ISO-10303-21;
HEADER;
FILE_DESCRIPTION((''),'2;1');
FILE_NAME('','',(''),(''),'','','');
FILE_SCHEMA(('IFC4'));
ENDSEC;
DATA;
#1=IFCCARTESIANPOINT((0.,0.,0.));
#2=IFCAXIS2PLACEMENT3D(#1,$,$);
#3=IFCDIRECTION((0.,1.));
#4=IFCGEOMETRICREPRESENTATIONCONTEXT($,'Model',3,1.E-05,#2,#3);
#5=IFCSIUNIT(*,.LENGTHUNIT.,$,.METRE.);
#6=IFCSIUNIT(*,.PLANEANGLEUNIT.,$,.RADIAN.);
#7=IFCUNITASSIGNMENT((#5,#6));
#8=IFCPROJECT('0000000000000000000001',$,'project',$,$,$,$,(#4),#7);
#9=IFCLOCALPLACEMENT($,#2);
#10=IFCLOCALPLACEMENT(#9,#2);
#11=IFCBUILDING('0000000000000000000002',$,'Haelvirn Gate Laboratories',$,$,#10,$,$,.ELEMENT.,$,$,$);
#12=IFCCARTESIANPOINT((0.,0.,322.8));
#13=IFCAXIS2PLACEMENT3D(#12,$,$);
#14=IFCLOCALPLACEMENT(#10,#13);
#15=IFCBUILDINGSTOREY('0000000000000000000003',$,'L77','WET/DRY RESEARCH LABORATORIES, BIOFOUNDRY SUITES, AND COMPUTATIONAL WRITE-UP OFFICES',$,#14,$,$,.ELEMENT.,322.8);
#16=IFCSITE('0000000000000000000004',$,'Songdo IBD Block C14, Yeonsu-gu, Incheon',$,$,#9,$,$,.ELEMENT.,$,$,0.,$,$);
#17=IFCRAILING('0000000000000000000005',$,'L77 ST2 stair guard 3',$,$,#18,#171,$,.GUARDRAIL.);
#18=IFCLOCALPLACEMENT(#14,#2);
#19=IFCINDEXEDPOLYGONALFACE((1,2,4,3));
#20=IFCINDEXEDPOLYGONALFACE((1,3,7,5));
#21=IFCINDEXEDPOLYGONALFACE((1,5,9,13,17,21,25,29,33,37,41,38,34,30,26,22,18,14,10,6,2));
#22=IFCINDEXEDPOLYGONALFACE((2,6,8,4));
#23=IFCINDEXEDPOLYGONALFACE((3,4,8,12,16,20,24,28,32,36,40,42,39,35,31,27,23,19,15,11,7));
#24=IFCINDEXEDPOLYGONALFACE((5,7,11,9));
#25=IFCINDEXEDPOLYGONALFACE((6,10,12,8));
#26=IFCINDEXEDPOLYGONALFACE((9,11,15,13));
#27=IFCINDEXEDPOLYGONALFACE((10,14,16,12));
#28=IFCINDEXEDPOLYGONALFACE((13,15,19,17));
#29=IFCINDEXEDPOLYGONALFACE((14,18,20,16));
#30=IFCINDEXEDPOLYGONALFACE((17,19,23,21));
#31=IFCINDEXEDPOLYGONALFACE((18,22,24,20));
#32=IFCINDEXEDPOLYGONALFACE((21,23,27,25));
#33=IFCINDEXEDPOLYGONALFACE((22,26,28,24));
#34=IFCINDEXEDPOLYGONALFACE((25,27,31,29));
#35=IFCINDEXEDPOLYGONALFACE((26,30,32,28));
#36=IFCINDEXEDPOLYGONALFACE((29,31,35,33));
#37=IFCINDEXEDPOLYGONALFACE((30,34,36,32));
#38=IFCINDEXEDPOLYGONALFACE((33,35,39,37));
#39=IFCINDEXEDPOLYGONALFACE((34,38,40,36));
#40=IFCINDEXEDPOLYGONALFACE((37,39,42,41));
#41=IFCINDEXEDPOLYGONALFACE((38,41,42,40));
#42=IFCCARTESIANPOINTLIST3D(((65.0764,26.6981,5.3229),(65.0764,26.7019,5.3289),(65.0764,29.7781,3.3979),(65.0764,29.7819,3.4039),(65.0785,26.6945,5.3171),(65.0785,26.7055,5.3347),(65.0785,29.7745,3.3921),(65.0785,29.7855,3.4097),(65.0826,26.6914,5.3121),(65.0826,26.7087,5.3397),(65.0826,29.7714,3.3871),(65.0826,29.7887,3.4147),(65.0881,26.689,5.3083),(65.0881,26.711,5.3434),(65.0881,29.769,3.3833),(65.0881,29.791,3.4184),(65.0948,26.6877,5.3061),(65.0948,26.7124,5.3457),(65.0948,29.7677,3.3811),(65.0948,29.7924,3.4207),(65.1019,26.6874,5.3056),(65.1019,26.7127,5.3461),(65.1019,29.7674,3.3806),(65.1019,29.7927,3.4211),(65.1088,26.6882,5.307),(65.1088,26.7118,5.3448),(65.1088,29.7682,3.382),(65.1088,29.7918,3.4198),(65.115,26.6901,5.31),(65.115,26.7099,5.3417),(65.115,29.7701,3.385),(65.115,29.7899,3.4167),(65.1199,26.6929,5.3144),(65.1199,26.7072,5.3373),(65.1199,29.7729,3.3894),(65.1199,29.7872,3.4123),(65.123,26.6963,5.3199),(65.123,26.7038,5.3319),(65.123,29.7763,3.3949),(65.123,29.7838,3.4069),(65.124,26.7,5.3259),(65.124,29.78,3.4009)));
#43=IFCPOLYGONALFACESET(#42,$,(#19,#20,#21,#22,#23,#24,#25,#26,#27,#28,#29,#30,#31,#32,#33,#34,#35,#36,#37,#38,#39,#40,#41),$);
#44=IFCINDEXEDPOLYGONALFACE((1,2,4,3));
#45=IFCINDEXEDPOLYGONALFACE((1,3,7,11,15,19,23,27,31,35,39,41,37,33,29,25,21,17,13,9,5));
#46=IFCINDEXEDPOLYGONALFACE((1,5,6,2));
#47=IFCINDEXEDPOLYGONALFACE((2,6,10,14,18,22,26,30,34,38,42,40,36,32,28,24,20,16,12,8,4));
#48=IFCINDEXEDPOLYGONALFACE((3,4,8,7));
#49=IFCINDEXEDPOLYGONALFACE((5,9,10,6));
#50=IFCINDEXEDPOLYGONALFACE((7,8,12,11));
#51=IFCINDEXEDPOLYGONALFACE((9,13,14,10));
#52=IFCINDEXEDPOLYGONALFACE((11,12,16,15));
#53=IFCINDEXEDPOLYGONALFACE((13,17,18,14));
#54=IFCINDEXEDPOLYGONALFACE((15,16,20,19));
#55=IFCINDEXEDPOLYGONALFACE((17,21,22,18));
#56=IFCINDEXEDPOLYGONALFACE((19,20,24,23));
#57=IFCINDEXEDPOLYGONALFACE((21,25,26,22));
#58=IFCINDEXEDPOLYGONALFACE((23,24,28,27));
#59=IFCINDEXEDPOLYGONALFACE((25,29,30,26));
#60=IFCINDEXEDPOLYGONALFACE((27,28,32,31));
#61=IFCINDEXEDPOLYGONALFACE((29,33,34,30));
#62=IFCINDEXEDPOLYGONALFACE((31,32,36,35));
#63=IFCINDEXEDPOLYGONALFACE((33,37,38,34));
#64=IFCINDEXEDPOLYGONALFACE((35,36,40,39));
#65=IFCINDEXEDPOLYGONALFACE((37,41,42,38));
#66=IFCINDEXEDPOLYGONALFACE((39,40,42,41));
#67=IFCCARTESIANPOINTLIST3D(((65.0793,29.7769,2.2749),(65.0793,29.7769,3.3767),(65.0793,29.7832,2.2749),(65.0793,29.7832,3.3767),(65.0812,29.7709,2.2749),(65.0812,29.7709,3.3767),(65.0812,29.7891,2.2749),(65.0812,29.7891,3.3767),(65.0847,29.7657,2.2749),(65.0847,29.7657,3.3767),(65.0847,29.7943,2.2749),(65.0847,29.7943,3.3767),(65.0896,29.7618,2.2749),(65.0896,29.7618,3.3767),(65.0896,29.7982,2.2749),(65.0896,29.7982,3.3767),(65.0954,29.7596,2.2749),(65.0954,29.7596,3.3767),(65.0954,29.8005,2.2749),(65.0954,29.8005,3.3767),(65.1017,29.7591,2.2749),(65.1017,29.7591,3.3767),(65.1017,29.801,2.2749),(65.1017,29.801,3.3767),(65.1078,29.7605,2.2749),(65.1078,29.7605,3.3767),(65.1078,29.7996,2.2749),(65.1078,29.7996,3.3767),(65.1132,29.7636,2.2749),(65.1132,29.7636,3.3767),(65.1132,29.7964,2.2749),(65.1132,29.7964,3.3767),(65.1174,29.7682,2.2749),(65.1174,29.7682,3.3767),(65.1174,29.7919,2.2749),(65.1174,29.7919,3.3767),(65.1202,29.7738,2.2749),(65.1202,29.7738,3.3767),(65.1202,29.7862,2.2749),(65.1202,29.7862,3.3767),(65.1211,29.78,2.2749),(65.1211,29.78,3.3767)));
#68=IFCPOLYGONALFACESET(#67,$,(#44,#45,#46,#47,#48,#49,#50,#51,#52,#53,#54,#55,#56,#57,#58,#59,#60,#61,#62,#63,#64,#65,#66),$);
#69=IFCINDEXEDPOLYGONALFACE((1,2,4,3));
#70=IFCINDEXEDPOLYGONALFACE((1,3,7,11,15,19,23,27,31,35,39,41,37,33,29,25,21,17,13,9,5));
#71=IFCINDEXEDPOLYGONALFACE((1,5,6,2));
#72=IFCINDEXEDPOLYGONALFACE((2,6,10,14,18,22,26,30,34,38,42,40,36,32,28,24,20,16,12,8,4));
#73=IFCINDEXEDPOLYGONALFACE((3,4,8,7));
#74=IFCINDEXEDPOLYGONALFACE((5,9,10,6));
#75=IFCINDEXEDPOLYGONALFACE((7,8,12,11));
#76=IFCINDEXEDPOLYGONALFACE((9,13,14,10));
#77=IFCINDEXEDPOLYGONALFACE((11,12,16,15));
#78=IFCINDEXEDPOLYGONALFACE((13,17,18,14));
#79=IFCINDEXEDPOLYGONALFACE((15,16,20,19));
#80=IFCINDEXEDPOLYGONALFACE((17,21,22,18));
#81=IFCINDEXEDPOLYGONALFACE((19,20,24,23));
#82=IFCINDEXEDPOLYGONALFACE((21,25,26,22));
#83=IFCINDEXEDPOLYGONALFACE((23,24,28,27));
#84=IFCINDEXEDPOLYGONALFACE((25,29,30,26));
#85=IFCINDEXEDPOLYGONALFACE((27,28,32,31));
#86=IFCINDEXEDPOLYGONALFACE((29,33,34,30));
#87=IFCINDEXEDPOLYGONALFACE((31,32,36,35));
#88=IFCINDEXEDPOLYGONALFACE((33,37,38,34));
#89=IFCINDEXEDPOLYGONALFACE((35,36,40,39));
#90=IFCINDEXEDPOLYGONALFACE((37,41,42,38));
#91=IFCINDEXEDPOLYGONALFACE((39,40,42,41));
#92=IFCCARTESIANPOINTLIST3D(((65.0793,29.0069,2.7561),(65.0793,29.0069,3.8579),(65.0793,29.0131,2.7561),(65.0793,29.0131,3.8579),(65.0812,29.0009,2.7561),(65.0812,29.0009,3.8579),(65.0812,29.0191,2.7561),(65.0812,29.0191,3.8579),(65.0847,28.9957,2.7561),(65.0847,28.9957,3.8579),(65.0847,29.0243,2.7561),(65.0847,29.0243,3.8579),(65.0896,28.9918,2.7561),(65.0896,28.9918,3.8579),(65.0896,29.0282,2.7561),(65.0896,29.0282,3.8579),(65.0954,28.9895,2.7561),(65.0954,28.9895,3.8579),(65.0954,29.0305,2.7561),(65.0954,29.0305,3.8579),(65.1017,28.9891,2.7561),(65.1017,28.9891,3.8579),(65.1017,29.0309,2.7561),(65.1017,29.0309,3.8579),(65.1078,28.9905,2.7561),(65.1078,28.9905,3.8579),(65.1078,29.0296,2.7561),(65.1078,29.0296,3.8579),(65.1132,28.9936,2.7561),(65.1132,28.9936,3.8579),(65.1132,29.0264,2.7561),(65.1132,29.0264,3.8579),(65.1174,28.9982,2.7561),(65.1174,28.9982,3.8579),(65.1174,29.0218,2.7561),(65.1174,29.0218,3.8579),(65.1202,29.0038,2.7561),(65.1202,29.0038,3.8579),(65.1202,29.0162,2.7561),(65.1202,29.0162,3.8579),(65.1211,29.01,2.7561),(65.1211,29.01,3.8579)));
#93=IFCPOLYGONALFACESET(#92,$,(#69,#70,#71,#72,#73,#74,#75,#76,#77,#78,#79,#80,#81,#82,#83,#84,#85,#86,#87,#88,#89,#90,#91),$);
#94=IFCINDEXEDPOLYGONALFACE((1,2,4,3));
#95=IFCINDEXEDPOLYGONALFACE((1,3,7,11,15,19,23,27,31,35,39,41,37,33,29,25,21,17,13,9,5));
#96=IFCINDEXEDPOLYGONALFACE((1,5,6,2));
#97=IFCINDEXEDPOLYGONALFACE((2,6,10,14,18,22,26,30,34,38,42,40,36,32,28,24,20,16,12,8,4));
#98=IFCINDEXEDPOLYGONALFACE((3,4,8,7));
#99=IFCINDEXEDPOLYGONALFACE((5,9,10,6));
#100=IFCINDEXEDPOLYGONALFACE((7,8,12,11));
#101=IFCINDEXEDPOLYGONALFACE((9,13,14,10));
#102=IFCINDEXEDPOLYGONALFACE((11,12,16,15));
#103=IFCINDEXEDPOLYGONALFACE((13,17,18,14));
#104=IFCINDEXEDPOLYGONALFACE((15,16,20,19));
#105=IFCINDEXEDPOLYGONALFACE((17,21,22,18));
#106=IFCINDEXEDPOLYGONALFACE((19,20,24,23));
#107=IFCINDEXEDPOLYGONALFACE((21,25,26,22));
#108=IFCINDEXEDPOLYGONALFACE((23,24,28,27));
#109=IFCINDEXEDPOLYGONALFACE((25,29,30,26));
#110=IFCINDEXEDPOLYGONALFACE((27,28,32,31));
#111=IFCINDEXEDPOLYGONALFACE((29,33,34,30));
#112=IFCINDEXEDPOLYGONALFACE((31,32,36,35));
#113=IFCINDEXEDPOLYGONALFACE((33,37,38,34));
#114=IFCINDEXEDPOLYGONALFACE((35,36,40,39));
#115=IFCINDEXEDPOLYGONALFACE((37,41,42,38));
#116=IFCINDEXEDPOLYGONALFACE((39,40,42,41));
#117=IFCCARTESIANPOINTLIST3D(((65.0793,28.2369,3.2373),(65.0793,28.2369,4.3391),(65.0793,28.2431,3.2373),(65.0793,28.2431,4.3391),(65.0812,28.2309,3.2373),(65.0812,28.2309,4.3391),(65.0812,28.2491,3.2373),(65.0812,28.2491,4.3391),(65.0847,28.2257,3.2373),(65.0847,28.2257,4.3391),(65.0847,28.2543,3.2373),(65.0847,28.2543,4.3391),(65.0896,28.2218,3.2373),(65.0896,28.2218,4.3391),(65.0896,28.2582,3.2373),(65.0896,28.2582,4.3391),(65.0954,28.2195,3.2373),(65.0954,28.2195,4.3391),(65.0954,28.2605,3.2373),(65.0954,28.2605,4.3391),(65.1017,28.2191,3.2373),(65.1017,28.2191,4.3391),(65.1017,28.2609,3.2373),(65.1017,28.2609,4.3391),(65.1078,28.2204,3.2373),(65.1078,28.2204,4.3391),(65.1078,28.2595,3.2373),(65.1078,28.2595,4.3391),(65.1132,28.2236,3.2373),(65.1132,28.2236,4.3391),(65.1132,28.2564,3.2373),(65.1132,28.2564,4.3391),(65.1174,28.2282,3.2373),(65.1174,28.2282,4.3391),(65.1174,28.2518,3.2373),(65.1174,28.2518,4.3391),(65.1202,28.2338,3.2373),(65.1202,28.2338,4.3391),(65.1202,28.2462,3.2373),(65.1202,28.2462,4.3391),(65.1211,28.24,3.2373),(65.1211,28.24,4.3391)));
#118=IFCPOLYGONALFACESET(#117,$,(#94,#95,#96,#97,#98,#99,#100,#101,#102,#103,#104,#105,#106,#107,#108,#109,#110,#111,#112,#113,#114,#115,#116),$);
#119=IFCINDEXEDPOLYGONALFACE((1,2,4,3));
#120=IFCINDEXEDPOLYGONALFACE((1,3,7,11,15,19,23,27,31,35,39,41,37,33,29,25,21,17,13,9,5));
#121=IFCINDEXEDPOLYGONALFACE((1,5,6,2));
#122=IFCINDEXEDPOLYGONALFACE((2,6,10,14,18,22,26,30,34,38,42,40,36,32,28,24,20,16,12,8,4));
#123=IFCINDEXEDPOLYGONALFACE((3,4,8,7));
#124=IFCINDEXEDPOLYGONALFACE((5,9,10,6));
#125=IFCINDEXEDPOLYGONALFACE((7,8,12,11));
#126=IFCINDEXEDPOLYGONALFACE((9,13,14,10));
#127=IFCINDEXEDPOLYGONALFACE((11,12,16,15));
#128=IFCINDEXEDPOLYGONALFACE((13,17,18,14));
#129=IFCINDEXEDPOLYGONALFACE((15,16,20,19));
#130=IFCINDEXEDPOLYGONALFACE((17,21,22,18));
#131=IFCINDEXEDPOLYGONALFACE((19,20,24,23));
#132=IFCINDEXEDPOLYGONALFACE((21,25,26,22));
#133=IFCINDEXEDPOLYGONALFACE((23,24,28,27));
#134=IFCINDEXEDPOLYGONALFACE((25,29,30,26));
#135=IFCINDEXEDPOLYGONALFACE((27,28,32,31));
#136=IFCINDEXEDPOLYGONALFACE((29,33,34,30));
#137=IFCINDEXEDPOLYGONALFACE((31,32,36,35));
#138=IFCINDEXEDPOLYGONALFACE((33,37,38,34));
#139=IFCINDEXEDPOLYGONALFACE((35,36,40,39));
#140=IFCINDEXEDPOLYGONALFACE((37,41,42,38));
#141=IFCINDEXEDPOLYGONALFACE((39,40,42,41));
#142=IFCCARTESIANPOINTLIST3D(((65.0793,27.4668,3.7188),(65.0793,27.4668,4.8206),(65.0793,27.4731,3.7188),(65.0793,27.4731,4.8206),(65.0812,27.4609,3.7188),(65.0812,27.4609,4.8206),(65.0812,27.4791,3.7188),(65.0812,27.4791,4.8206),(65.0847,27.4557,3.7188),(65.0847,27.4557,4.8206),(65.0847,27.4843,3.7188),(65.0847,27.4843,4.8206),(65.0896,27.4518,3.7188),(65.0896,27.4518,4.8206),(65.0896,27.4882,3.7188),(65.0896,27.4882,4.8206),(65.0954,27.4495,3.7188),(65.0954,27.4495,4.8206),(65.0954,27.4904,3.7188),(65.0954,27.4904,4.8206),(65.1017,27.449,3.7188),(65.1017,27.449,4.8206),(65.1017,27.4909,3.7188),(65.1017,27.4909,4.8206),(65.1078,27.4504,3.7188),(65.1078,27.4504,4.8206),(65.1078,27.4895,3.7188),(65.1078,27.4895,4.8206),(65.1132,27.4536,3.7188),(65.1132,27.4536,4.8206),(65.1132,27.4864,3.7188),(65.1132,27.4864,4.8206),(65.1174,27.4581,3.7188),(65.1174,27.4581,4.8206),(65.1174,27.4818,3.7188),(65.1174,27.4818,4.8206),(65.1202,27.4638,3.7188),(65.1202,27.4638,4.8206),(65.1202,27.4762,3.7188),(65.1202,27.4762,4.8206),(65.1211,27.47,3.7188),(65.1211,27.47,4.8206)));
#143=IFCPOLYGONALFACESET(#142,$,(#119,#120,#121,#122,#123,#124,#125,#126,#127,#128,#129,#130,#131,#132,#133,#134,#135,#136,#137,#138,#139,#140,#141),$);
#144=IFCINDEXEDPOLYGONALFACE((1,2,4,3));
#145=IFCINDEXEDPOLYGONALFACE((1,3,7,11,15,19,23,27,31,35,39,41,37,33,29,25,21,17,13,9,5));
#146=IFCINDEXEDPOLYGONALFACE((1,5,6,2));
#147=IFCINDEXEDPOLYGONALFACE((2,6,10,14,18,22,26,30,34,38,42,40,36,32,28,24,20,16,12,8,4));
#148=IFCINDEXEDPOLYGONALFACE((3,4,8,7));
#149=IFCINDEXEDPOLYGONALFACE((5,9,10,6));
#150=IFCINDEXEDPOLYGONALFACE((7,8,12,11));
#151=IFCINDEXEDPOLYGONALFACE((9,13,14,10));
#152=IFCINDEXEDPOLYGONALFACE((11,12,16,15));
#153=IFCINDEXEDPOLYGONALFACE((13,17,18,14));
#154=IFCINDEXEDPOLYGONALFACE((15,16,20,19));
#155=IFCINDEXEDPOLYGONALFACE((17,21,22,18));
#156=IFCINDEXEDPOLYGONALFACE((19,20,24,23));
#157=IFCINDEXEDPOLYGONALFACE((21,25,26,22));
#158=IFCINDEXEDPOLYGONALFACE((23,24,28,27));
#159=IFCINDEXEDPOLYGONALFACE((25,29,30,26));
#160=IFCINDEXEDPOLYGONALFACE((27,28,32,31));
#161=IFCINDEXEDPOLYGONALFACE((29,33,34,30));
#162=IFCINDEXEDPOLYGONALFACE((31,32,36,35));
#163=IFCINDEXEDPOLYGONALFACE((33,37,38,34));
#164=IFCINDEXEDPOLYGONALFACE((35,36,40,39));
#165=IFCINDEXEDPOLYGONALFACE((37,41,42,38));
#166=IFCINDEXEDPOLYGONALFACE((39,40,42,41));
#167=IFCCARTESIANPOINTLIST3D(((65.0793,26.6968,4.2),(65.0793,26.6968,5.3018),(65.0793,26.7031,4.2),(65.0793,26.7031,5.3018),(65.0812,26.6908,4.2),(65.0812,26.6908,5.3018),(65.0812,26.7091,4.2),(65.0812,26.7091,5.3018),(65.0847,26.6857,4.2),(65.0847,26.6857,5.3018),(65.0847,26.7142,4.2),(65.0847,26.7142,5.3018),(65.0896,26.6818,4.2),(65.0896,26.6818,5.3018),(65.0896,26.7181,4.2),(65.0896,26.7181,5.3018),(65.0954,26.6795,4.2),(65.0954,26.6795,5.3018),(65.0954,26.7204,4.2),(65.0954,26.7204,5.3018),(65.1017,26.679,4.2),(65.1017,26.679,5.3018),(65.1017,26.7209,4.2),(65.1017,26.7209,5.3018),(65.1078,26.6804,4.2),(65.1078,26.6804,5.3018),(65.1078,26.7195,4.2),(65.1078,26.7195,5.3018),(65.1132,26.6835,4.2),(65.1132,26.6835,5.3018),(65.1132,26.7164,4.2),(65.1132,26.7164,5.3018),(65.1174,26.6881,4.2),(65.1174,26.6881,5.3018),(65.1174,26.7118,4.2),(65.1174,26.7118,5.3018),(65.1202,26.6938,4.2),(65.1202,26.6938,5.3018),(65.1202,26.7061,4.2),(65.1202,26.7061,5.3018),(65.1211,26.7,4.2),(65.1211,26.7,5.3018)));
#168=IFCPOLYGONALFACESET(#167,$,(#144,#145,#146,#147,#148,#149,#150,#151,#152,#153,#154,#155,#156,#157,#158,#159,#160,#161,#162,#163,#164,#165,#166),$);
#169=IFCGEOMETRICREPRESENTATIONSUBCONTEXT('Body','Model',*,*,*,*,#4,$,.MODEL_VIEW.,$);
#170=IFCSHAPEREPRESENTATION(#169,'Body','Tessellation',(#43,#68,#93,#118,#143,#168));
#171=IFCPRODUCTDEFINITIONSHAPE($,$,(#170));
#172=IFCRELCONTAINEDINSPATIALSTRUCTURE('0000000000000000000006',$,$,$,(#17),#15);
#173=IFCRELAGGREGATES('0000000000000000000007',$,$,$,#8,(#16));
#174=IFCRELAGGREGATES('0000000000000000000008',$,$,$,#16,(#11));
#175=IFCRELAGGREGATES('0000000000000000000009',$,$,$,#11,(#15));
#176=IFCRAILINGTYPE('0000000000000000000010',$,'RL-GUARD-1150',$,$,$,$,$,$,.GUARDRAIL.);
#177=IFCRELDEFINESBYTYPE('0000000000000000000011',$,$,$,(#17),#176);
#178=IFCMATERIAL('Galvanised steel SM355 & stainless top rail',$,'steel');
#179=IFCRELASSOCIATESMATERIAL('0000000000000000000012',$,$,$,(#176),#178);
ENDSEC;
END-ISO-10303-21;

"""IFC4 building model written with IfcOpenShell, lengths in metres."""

from ifc_helpers import new_model, si_unit, direction, frame, origin, origin_2d, place, context, subcontext, project, spatial, circle, extrude, source, transform, mapped, material, type_object, element, save


model = new_model("IFC4")

# Units and contexts
model_context = context("Model", 3, precision=1e-05, world=origin(), true_north=direction((0.0, 1.0)))
body_context = subcontext(model_context, "Body", "Model", "MODEL_VIEW")
ifc_project = project(units=[si_unit("LENGTHUNIT", "METRE"), si_unit("PLANEANGLEUNIT", "RADIAN")], contexts=[model_context])

# Site, building, storey
site_placement = place(None, origin())
site = spatial("IfcSite", under=ifc_project, at=site_placement, Name="Songdo IBD Block C14, Yeonsu-gu, Incheon", CompositionType="ELEMENT", RefElevation=0.0)
building_placement = place(site_placement, origin())
building = spatial("IfcBuilding", under=site, at=building_placement, Name="Haelvirn Gate Laboratories", CompositionType="ELEMENT")
storey_placement = place(building_placement, frame((0.0, 0.0, 322.8)))
storey = spatial("IfcBuildingStorey", under=building, at=storey_placement, Name="L77", Description="WET/DRY RESEARCH LABORATORIES, BIOFOUNDRY SUITES, AND COMPUTATIONAL WRITE-UP OFFICES", CompositionType="ELEMENT", Elevation=322.8)

# Railing
ifc_material_1 = material(Name="Galvanised steel SM355 & stainless top rail", Category="steel")
railing_type_1 = type_object("IfcRailingType", Name="RL-GUARD-1150", PredefinedType="GUARDRAIL", material=ifc_material_1)
shared_shape_1 = source(origin(), body_context, "Body", "SweptSolid", [
    extrude(circle(Radius=0.0239, at=origin_2d()), frame((0.0, 0.0, 1.126), z_axis=(0.0, -0.847998, 0.529999), x_axis=(1.0, 0.0, 0.0)), (0.0, 0.0, 1.0), 3.6321),
    extrude(circle(Radius=0.021, at=origin_2d()), origin(), (0.0, 0.0, 1.0), 1.1018),
    extrude(circle(Radius=0.021, at=origin_2d()), frame((0.0, -0.77, 0.4812)), (0.0, 0.0, 1.0), 1.1018),
    extrude(circle(Radius=0.021, at=origin_2d()), frame((0.0, -1.54, 0.9624)), (0.0, 0.0, 1.0), 1.1018),
    extrude(circle(Radius=0.021, at=origin_2d()), frame((0.0, -2.3101, 1.4438)), (0.0, 0.0, 1.0), 1.1018),
    extrude(circle(Radius=0.021, at=origin_2d()), frame((0.0, -3.0801, 1.925)), (0.0, 0.0, 1.0), 1.1018),
])
railing_1_placement = place(storey_placement, frame((65.1001, 29.78, 2.2749)))
element("IfcRailing", 1, at=railing_1_placement, inside=storey, type_object=railing_type_1, Name="L77 ST2 stair guard 3", PredefinedType="GUARDRAIL", context=body_context, shape_type="MappedRepresentation", body=[
    mapped(shared_shape_1, transform((0.0, 0.0, 0.0), scale=1.0)),
])

save(model, "model.ifc")
